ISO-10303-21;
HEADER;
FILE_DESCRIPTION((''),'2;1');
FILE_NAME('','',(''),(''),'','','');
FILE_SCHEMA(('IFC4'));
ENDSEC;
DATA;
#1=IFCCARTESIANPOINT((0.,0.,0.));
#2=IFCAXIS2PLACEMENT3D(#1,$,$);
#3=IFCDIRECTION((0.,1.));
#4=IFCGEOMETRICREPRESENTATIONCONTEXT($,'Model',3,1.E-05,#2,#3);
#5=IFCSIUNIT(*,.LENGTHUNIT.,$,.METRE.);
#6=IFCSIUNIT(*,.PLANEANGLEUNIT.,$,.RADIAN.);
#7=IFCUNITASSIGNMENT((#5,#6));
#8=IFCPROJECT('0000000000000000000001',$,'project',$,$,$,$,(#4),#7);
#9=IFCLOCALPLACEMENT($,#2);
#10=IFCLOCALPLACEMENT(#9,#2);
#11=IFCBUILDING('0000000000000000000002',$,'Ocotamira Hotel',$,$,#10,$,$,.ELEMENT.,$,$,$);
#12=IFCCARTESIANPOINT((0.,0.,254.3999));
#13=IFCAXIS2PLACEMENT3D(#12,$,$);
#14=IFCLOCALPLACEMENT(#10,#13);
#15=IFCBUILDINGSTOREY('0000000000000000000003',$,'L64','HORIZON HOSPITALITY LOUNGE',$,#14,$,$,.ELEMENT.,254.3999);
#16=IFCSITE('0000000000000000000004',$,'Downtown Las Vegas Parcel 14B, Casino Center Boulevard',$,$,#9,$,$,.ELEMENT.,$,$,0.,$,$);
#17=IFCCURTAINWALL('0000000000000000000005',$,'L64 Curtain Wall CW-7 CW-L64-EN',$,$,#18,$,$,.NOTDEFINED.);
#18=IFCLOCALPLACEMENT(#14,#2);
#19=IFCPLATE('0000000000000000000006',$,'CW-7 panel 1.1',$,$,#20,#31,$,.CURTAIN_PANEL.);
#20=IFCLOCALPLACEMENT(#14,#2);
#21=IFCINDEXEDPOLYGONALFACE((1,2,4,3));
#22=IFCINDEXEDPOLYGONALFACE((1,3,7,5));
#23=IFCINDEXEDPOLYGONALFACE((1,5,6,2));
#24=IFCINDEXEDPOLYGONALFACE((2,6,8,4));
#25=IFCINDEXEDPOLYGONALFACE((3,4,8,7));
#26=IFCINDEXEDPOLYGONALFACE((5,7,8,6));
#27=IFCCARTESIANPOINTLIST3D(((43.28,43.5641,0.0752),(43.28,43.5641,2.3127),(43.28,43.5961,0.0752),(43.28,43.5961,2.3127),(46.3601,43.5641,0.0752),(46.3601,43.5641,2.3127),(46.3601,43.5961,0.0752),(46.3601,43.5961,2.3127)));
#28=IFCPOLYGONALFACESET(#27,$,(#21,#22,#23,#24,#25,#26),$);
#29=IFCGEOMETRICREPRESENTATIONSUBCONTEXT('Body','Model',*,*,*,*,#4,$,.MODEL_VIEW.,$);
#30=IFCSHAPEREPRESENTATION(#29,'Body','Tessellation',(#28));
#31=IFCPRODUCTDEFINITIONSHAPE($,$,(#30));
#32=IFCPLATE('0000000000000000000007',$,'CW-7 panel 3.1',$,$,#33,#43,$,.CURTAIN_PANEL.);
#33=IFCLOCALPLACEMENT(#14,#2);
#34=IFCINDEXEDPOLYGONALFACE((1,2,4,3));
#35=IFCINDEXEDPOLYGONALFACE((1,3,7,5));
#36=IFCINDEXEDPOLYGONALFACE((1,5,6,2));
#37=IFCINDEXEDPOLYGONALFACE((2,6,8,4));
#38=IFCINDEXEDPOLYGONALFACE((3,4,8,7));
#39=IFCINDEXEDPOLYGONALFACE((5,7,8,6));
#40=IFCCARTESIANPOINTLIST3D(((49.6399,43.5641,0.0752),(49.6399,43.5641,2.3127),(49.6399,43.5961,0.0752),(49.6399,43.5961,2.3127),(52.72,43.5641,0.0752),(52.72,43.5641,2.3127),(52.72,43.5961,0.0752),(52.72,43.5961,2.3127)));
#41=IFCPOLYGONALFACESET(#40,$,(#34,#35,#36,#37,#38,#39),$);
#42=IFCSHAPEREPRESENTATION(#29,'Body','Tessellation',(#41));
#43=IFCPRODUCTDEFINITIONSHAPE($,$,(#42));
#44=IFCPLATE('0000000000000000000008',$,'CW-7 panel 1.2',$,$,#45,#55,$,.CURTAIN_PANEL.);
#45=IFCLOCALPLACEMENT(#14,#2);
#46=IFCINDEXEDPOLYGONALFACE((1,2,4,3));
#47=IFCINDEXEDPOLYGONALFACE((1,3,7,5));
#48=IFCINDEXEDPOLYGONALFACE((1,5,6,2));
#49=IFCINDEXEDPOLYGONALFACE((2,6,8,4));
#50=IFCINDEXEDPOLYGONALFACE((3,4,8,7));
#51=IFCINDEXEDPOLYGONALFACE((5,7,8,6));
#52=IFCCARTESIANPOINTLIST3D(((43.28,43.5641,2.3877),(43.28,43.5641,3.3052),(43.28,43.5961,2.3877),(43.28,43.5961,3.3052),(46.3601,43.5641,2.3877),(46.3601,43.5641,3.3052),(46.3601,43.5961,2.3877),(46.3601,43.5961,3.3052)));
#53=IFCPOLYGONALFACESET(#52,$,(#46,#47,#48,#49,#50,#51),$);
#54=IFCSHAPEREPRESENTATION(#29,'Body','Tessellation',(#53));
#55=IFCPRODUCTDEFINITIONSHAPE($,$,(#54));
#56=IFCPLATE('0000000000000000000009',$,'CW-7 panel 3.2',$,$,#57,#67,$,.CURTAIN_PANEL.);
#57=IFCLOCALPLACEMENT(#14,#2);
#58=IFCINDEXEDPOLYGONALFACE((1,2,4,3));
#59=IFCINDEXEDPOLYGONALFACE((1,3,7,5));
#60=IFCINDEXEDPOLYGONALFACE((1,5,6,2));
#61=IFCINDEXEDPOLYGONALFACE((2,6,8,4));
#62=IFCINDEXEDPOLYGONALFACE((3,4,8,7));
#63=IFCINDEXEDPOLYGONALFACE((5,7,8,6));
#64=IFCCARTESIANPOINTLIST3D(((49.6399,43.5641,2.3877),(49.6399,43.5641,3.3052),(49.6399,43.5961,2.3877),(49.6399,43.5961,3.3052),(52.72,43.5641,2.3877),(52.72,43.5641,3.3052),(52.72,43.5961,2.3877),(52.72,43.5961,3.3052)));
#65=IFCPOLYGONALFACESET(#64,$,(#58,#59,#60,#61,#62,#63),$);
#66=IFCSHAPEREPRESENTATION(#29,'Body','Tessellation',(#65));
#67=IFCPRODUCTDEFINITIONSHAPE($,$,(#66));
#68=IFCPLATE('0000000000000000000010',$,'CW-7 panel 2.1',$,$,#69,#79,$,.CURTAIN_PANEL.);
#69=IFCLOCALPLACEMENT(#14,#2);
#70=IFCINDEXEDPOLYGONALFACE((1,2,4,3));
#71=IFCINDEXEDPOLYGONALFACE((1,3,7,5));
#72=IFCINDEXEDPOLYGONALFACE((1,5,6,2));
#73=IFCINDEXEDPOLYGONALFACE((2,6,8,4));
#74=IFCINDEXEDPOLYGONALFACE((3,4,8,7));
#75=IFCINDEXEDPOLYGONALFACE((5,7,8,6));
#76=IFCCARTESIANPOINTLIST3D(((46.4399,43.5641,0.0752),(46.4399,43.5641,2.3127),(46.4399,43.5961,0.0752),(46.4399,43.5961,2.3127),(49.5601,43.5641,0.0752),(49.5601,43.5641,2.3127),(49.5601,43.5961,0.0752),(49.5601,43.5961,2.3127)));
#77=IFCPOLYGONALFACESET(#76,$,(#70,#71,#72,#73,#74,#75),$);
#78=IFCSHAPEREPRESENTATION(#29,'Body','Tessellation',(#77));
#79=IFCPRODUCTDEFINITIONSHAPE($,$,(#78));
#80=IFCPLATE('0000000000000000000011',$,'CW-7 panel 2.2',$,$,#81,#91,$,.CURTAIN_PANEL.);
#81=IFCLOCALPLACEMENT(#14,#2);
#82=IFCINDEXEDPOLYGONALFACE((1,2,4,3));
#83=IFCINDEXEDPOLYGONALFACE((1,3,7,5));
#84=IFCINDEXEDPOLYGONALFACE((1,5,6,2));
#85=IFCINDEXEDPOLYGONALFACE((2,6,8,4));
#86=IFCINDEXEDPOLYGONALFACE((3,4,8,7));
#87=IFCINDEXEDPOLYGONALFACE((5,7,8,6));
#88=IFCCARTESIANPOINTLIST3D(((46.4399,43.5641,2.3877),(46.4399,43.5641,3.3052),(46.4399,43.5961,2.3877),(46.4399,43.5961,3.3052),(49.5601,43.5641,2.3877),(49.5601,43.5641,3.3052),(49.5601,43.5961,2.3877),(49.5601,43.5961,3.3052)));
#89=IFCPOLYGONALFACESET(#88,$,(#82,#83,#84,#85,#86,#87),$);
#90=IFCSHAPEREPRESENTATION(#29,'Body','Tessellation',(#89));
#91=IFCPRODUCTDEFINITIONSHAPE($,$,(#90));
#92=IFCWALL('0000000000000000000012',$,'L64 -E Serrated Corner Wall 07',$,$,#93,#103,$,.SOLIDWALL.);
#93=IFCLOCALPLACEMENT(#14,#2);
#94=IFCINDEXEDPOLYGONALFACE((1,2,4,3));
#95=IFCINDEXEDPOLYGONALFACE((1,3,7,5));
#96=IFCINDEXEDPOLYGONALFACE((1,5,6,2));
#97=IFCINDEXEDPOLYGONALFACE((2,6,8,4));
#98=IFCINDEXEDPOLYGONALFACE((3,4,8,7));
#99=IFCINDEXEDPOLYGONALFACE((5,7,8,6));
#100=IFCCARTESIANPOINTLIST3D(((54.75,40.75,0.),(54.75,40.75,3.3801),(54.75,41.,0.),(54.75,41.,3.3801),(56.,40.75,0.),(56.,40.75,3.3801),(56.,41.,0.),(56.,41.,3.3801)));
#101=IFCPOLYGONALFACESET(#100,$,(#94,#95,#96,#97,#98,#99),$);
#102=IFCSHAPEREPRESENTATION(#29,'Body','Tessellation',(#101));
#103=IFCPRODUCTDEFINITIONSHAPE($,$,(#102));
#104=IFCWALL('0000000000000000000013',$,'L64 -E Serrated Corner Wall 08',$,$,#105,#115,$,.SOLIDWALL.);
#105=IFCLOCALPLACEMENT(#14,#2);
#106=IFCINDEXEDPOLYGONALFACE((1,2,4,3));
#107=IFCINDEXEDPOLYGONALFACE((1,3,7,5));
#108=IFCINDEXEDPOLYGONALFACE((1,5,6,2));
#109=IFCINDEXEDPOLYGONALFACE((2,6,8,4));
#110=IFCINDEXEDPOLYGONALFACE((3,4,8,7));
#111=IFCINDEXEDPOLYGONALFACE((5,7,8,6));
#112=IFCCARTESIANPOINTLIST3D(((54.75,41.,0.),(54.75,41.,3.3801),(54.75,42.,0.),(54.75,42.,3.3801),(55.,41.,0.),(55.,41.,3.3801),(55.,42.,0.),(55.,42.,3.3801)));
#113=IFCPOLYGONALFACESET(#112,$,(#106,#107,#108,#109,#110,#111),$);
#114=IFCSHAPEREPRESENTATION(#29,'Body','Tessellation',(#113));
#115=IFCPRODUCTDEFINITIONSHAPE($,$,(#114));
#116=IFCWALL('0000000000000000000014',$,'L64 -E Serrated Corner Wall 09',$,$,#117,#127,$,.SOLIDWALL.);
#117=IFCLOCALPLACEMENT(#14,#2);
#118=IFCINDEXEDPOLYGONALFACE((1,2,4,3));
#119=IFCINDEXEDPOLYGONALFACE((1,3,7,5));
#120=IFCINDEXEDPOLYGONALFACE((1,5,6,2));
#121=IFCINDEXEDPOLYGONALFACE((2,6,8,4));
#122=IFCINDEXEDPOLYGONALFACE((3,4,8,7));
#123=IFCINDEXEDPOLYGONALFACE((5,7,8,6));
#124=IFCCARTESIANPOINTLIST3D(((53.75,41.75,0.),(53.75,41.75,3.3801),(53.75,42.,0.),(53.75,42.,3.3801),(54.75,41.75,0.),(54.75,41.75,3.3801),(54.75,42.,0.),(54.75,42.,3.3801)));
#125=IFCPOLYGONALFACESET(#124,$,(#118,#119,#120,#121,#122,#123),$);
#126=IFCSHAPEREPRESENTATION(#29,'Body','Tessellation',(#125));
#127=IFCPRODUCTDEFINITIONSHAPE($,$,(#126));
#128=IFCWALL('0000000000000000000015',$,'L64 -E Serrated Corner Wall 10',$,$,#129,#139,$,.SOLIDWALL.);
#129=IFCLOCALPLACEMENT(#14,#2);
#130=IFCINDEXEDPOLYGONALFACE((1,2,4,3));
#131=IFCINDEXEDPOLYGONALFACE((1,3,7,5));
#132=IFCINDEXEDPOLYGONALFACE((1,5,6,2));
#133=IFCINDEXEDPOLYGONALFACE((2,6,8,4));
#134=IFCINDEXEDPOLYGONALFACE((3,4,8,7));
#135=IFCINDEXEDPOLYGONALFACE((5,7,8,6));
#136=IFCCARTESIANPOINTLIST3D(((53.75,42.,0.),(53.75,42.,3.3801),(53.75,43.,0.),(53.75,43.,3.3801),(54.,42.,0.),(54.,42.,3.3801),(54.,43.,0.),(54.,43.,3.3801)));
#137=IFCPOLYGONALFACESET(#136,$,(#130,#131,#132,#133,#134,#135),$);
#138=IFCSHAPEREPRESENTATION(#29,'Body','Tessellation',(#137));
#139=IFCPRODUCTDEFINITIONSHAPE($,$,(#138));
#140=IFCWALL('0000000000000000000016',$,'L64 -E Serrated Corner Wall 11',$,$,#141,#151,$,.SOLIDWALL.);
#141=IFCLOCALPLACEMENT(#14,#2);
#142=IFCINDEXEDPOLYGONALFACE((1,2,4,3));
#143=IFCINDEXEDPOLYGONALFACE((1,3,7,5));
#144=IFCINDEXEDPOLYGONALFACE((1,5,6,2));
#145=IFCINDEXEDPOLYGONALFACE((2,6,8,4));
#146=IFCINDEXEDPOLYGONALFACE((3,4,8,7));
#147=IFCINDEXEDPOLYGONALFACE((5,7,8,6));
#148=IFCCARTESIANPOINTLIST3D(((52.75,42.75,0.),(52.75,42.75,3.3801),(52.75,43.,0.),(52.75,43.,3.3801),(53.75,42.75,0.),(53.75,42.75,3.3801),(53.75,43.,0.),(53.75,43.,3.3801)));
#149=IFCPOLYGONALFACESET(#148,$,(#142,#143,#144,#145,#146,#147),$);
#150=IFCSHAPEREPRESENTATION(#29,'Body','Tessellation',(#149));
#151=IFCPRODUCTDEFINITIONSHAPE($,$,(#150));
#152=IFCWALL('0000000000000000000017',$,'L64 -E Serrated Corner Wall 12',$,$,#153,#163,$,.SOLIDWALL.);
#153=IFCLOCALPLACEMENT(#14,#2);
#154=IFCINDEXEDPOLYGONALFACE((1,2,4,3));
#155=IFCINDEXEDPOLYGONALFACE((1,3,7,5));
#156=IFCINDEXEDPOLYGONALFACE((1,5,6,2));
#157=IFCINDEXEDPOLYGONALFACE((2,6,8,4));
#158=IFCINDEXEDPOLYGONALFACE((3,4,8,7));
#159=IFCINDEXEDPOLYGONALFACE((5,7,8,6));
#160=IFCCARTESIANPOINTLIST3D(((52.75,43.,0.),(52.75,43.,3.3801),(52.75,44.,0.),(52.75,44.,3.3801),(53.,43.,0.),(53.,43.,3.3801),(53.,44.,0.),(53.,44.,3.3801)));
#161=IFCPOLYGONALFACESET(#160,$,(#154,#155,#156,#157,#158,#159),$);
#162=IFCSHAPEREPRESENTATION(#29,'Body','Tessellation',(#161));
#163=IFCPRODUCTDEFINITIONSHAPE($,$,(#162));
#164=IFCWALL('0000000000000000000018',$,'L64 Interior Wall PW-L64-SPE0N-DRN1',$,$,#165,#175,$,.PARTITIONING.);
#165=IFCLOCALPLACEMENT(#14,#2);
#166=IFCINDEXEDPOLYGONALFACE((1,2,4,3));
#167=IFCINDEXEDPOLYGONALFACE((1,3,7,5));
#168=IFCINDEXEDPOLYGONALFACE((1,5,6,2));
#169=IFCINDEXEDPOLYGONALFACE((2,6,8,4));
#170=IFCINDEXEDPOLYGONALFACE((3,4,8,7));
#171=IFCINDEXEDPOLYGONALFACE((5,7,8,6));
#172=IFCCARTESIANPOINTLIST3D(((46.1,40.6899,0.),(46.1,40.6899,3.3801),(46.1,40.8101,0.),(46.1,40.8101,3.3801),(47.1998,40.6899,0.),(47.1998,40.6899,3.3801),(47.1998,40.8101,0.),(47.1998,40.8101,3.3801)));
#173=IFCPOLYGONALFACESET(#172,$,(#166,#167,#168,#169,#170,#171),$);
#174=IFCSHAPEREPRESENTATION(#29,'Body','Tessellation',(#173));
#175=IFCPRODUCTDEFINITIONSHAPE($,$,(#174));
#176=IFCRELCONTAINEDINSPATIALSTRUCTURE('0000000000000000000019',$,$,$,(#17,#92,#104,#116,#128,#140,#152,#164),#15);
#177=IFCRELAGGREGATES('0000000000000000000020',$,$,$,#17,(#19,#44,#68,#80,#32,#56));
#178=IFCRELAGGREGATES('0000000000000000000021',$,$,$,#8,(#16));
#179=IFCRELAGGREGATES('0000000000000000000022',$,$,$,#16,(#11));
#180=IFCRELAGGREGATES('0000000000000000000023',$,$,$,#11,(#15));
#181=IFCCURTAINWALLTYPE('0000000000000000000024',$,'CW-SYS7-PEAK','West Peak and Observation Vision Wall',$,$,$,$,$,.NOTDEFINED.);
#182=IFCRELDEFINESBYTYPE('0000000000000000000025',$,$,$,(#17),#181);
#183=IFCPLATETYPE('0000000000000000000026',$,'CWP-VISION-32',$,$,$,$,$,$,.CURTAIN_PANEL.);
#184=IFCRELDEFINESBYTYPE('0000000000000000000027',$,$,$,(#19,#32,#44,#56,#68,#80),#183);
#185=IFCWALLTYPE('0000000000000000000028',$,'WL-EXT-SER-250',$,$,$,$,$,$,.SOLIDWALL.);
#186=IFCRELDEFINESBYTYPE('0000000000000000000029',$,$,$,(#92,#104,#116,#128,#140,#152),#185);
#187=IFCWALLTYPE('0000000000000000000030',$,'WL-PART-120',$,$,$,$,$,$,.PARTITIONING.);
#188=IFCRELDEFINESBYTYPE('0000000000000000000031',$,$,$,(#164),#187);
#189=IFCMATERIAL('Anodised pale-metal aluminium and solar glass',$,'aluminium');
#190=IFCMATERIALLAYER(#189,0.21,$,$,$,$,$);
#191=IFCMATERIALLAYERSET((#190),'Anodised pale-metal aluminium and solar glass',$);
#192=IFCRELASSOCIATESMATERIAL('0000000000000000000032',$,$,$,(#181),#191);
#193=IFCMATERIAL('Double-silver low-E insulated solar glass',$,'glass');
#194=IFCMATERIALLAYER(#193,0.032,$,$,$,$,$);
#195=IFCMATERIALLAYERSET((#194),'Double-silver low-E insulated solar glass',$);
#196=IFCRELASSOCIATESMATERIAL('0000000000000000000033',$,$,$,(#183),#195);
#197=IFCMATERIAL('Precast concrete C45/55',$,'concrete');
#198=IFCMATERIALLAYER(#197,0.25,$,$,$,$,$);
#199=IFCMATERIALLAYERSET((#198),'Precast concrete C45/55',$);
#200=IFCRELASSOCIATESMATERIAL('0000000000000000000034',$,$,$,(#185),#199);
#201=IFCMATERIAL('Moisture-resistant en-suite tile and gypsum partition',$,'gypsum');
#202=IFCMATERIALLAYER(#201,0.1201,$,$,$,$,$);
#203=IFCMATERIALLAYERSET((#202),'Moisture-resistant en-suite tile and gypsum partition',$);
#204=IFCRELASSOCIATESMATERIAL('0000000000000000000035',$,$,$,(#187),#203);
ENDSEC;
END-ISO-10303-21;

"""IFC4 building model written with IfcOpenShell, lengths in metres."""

from ifc_helpers import new_model, si_unit, direction, frame, frame_2d, origin, origin_2d, place, context, subcontext, project, spatial, rectangle, extrude, source, transform, mapped, material, layer, layer_set, type_object, element, aggregate, save


model = new_model("IFC4")

# Units and contexts
model_context = context("Model", 3, precision=1e-05, world=origin(), true_north=direction((0.0, 1.0)))
body_context = subcontext(model_context, "Body", "Model", "MODEL_VIEW")
ifc_project = project(units=[si_unit("LENGTHUNIT", "METRE"), si_unit("PLANEANGLEUNIT", "RADIAN")], contexts=[model_context])

# Site, building, storey
site_placement = place(None, origin())
site = spatial("IfcSite", under=ifc_project, at=site_placement, Name="Downtown Las Vegas Parcel 14B, Casino Center Boulevard", CompositionType="ELEMENT", RefElevation=0.0)
building_placement = place(site_placement, origin())
building = spatial("IfcBuilding", under=site, at=building_placement, Name="Ocotamira Hotel", CompositionType="ELEMENT")
storey_placement = place(building_placement, frame((0.0, 0.0, 254.3999)))
storey = spatial("IfcBuildingStorey", under=building, at=storey_placement, Name="L64", Description="HORIZON HOSPITALITY LOUNGE", CompositionType="ELEMENT", Elevation=254.3999)

# Curtain wall
ifc_material_1 = material(Name="Anodised pale-metal aluminium and solar glass", Category="aluminium")
ifc_layer_1 = layer(ifc_material_1, 0.21)
ifc_layer_set_1 = layer_set([ifc_layer_1], Name="Anodised pale-metal aluminium and solar glass")
curtain_wall_type = type_object("IfcCurtainWallType", Name="CW-SYS7-PEAK", Description="West Peak and Observation Vision Wall", PredefinedType="NOTDEFINED", material=ifc_layer_set_1)
curtain_wall_1_placement = place(storey_placement, origin())
curtain_wall_1 = element("IfcCurtainWall", 1, at=curtain_wall_1_placement, inside=storey, type_object=curtain_wall_type, Name="L64 Curtain Wall CW-7 CW-L64-EN", PredefinedType="NOTDEFINED")

# Plates
ifc_material_2 = material(Name="Double-silver low-E insulated solar glass", Category="glass")
ifc_layer_2 = layer(ifc_material_2, 0.032)
ifc_layer_set_2 = layer_set([ifc_layer_2], Name="Double-silver low-E insulated solar glass")
plate_type = type_object("IfcPlateType", Name="CWP-VISION-32", PredefinedType="CURTAIN_PANEL", material=ifc_layer_set_2)
shared_shape_1 = source(origin(), body_context, "Body", "SweptSolid", [
    extrude(rectangle(XDim=3.0801, YDim=0.032, at=origin_2d()), origin(), (0.0, 0.0, 1.0), 2.2375),
])
plate_1_placement = place(storey_placement, frame((44.8201, 43.5801, 0.0752), z_axis=(0.0, 0.0, 1.0), x_axis=(1.0, 0.0, 0.0)))
plate_1 = element("IfcPlate", 2, at=plate_1_placement, type_object=plate_type, Name="CW-7 panel 1.1", PredefinedType="CURTAIN_PANEL", context=body_context, shape_type="MappedRepresentation", body=[
    mapped(shared_shape_1, transform((0.0, 0.0, 0.0), scale=1.0)),
])
plate_2_placement = place(storey_placement, frame((51.1799, 43.5801, 0.0752), z_axis=(0.0, 0.0, 1.0), x_axis=(1.0, 0.0, 0.0)))
plate_2 = element("IfcPlate", 3, at=plate_2_placement, type_object=plate_type, Name="CW-7 panel 3.1", PredefinedType="CURTAIN_PANEL", context=body_context, shape_type="MappedRepresentation", body=[
    mapped(shared_shape_1, transform((0.0, 0.0, 0.0), scale=1.0)),
])
shared_shape_2 = source(origin(), body_context, "Body", "SweptSolid", [
    extrude(rectangle(XDim=3.0801, YDim=0.032, at=origin_2d()), origin(), (0.0, 0.0, 1.0), 0.9175),
])
plate_3_placement = place(storey_placement, frame((44.8201, 43.5801, 2.3877), z_axis=(0.0, 0.0, 1.0), x_axis=(1.0, 0.0, 0.0)))
plate_3 = element("IfcPlate", 4, at=plate_3_placement, type_object=plate_type, Name="CW-7 panel 1.2", PredefinedType="CURTAIN_PANEL", context=body_context, shape_type="MappedRepresentation", body=[
    mapped(shared_shape_2, transform((0.0, 0.0, 0.0), scale=1.0)),
])
plate_4_placement = place(storey_placement, frame((51.1799, 43.5801, 2.3877), z_axis=(0.0, 0.0, 1.0), x_axis=(1.0, 0.0, 0.0)))
plate_4 = element("IfcPlate", 5, at=plate_4_placement, type_object=plate_type, Name="CW-7 panel 3.2", PredefinedType="CURTAIN_PANEL", context=body_context, shape_type="MappedRepresentation", body=[
    mapped(shared_shape_2, transform((0.0, 0.0, 0.0), scale=1.0)),
])
shared_shape_3 = source(origin(), body_context, "Body", "SweptSolid", [
    extrude(rectangle(XDim=3.1201, YDim=0.032, at=origin_2d()), origin(), (0.0, 0.0, 1.0), 2.2375),
])
plate_5_placement = place(storey_placement, frame((48.0, 43.5801, 0.0752), z_axis=(0.0, 0.0, 1.0), x_axis=(1.0, 0.0, 0.0)))
plate_5 = element("IfcPlate", 6, at=plate_5_placement, type_object=plate_type, Name="CW-7 panel 2.1", PredefinedType="CURTAIN_PANEL", context=body_context, shape_type="MappedRepresentation", body=[
    mapped(shared_shape_3, transform((0.0, 0.0, 0.0), scale=1.0)),
])
shared_shape_4 = source(origin(), body_context, "Body", "SweptSolid", [
    extrude(rectangle(XDim=3.1201, YDim=0.032, at=origin_2d()), origin(), (0.0, 0.0, 1.0), 0.9175),
])
plate_6_placement = place(storey_placement, frame((48.0, 43.5801, 2.3877), z_axis=(0.0, 0.0, 1.0), x_axis=(1.0, 0.0, 0.0)))
plate_6 = element("IfcPlate", 7, at=plate_6_placement, type_object=plate_type, Name="CW-7 panel 2.2", PredefinedType="CURTAIN_PANEL", context=body_context, shape_type="MappedRepresentation", body=[
    mapped(shared_shape_4, transform((0.0, 0.0, 0.0), scale=1.0)),
])
aggregate(curtain_wall_1, [plate_1, plate_3, plate_5, plate_6, plate_2, plate_4])

# Walls
ifc_material_3 = material(Name="Precast concrete C45/55", Category="concrete")
ifc_layer_3 = layer(ifc_material_3, 0.25)
ifc_layer_set_3 = layer_set([ifc_layer_3], Name="Precast concrete C45/55")
wall_type_1 = type_object("IfcWallType", Name="WL-EXT-SER-250", PredefinedType="SOLIDWALL", material=ifc_layer_set_3)
wall_1_placement = place(storey_placement, frame((56.0, 40.875, 0.0), z_axis=(0.0, 0.0, 1.0), x_axis=(-1.0, 0.0, 0.0)))
element("IfcWall", 8, at=wall_1_placement, inside=storey, type_object=wall_type_1, Name="L64 -E Serrated Corner Wall 07", PredefinedType="SOLIDWALL", context=body_context, shape_type="SweptSolid", body=[
    extrude(rectangle(XDim=1.25, YDim=0.25, at=frame_2d((0.625, 0.0))), origin(), (0.0, 0.0, 1.0), 3.3801),
])
for number, where, z_axis, x_axis, name in (
    (9, (54.875, 41.0, 0.0), (0.0, 0.0, 1.0), (0.0, 1.0, 0.0), "L64 -E Serrated Corner Wall 08"),
    (10, (54.75, 41.875, 0.0), (0.0, 0.0, 1.0), (-1.0, 0.0, 0.0), "L64 -E Serrated Corner Wall 09"),
    (11, (53.875, 42.0, 0.0), (0.0, 0.0, 1.0), (0.0, 1.0, 0.0), "L64 -E Serrated Corner Wall 10"),
    (12, (53.75, 42.875, 0.0), (0.0, 0.0, 1.0), (-1.0, 0.0, 0.0), "L64 -E Serrated Corner Wall 11"),
    (13, (52.875, 43.0, 0.0), (0.0, 0.0, 1.0), (0.0, 1.0, 0.0), "L64 -E Serrated Corner Wall 12"),
):
    element("IfcWall", number, at=place(storey_placement, frame(where, z_axis=z_axis, x_axis=x_axis)), inside=storey, type_object=wall_type_1, Name=name, PredefinedType="SOLIDWALL", context=body_context, shape_type="SweptSolid", body=[
        extrude(rectangle(XDim=1.0, YDim=0.25, at=frame_2d((0.5, 0.0))), origin(), (0.0, 0.0, 1.0), 3.3801),
    ])
ifc_material_4 = material(Name="Moisture-resistant en-suite tile and gypsum partition", Category="gypsum")
ifc_layer_4 = layer(ifc_material_4, 0.1201)
ifc_layer_set_4 = layer_set([ifc_layer_4], Name="Moisture-resistant en-suite tile and gypsum partition")
wall_type_2 = type_object("IfcWallType", Name="WL-PART-120", PredefinedType="PARTITIONING", material=ifc_layer_set_4)
wall_2_placement = place(storey_placement, frame((46.1001, 40.75, 0.0), z_axis=(0.0, 0.0, 1.0), x_axis=(1.0, 0.0, 0.0)))
element("IfcWall", 14, at=wall_2_placement, inside=storey, type_object=wall_type_2, Name="L64 Interior Wall PW-L64-SPE0N-DRN1", PredefinedType="PARTITIONING", context=body_context, shape_type="SweptSolid", body=[
    extrude(rectangle(XDim=1.0999, YDim=0.1201, at=frame_2d((0.5498, 0.0))), origin(), (0.0, 0.0, 1.0), 3.3801),
])

save(model, "model.ifc")
